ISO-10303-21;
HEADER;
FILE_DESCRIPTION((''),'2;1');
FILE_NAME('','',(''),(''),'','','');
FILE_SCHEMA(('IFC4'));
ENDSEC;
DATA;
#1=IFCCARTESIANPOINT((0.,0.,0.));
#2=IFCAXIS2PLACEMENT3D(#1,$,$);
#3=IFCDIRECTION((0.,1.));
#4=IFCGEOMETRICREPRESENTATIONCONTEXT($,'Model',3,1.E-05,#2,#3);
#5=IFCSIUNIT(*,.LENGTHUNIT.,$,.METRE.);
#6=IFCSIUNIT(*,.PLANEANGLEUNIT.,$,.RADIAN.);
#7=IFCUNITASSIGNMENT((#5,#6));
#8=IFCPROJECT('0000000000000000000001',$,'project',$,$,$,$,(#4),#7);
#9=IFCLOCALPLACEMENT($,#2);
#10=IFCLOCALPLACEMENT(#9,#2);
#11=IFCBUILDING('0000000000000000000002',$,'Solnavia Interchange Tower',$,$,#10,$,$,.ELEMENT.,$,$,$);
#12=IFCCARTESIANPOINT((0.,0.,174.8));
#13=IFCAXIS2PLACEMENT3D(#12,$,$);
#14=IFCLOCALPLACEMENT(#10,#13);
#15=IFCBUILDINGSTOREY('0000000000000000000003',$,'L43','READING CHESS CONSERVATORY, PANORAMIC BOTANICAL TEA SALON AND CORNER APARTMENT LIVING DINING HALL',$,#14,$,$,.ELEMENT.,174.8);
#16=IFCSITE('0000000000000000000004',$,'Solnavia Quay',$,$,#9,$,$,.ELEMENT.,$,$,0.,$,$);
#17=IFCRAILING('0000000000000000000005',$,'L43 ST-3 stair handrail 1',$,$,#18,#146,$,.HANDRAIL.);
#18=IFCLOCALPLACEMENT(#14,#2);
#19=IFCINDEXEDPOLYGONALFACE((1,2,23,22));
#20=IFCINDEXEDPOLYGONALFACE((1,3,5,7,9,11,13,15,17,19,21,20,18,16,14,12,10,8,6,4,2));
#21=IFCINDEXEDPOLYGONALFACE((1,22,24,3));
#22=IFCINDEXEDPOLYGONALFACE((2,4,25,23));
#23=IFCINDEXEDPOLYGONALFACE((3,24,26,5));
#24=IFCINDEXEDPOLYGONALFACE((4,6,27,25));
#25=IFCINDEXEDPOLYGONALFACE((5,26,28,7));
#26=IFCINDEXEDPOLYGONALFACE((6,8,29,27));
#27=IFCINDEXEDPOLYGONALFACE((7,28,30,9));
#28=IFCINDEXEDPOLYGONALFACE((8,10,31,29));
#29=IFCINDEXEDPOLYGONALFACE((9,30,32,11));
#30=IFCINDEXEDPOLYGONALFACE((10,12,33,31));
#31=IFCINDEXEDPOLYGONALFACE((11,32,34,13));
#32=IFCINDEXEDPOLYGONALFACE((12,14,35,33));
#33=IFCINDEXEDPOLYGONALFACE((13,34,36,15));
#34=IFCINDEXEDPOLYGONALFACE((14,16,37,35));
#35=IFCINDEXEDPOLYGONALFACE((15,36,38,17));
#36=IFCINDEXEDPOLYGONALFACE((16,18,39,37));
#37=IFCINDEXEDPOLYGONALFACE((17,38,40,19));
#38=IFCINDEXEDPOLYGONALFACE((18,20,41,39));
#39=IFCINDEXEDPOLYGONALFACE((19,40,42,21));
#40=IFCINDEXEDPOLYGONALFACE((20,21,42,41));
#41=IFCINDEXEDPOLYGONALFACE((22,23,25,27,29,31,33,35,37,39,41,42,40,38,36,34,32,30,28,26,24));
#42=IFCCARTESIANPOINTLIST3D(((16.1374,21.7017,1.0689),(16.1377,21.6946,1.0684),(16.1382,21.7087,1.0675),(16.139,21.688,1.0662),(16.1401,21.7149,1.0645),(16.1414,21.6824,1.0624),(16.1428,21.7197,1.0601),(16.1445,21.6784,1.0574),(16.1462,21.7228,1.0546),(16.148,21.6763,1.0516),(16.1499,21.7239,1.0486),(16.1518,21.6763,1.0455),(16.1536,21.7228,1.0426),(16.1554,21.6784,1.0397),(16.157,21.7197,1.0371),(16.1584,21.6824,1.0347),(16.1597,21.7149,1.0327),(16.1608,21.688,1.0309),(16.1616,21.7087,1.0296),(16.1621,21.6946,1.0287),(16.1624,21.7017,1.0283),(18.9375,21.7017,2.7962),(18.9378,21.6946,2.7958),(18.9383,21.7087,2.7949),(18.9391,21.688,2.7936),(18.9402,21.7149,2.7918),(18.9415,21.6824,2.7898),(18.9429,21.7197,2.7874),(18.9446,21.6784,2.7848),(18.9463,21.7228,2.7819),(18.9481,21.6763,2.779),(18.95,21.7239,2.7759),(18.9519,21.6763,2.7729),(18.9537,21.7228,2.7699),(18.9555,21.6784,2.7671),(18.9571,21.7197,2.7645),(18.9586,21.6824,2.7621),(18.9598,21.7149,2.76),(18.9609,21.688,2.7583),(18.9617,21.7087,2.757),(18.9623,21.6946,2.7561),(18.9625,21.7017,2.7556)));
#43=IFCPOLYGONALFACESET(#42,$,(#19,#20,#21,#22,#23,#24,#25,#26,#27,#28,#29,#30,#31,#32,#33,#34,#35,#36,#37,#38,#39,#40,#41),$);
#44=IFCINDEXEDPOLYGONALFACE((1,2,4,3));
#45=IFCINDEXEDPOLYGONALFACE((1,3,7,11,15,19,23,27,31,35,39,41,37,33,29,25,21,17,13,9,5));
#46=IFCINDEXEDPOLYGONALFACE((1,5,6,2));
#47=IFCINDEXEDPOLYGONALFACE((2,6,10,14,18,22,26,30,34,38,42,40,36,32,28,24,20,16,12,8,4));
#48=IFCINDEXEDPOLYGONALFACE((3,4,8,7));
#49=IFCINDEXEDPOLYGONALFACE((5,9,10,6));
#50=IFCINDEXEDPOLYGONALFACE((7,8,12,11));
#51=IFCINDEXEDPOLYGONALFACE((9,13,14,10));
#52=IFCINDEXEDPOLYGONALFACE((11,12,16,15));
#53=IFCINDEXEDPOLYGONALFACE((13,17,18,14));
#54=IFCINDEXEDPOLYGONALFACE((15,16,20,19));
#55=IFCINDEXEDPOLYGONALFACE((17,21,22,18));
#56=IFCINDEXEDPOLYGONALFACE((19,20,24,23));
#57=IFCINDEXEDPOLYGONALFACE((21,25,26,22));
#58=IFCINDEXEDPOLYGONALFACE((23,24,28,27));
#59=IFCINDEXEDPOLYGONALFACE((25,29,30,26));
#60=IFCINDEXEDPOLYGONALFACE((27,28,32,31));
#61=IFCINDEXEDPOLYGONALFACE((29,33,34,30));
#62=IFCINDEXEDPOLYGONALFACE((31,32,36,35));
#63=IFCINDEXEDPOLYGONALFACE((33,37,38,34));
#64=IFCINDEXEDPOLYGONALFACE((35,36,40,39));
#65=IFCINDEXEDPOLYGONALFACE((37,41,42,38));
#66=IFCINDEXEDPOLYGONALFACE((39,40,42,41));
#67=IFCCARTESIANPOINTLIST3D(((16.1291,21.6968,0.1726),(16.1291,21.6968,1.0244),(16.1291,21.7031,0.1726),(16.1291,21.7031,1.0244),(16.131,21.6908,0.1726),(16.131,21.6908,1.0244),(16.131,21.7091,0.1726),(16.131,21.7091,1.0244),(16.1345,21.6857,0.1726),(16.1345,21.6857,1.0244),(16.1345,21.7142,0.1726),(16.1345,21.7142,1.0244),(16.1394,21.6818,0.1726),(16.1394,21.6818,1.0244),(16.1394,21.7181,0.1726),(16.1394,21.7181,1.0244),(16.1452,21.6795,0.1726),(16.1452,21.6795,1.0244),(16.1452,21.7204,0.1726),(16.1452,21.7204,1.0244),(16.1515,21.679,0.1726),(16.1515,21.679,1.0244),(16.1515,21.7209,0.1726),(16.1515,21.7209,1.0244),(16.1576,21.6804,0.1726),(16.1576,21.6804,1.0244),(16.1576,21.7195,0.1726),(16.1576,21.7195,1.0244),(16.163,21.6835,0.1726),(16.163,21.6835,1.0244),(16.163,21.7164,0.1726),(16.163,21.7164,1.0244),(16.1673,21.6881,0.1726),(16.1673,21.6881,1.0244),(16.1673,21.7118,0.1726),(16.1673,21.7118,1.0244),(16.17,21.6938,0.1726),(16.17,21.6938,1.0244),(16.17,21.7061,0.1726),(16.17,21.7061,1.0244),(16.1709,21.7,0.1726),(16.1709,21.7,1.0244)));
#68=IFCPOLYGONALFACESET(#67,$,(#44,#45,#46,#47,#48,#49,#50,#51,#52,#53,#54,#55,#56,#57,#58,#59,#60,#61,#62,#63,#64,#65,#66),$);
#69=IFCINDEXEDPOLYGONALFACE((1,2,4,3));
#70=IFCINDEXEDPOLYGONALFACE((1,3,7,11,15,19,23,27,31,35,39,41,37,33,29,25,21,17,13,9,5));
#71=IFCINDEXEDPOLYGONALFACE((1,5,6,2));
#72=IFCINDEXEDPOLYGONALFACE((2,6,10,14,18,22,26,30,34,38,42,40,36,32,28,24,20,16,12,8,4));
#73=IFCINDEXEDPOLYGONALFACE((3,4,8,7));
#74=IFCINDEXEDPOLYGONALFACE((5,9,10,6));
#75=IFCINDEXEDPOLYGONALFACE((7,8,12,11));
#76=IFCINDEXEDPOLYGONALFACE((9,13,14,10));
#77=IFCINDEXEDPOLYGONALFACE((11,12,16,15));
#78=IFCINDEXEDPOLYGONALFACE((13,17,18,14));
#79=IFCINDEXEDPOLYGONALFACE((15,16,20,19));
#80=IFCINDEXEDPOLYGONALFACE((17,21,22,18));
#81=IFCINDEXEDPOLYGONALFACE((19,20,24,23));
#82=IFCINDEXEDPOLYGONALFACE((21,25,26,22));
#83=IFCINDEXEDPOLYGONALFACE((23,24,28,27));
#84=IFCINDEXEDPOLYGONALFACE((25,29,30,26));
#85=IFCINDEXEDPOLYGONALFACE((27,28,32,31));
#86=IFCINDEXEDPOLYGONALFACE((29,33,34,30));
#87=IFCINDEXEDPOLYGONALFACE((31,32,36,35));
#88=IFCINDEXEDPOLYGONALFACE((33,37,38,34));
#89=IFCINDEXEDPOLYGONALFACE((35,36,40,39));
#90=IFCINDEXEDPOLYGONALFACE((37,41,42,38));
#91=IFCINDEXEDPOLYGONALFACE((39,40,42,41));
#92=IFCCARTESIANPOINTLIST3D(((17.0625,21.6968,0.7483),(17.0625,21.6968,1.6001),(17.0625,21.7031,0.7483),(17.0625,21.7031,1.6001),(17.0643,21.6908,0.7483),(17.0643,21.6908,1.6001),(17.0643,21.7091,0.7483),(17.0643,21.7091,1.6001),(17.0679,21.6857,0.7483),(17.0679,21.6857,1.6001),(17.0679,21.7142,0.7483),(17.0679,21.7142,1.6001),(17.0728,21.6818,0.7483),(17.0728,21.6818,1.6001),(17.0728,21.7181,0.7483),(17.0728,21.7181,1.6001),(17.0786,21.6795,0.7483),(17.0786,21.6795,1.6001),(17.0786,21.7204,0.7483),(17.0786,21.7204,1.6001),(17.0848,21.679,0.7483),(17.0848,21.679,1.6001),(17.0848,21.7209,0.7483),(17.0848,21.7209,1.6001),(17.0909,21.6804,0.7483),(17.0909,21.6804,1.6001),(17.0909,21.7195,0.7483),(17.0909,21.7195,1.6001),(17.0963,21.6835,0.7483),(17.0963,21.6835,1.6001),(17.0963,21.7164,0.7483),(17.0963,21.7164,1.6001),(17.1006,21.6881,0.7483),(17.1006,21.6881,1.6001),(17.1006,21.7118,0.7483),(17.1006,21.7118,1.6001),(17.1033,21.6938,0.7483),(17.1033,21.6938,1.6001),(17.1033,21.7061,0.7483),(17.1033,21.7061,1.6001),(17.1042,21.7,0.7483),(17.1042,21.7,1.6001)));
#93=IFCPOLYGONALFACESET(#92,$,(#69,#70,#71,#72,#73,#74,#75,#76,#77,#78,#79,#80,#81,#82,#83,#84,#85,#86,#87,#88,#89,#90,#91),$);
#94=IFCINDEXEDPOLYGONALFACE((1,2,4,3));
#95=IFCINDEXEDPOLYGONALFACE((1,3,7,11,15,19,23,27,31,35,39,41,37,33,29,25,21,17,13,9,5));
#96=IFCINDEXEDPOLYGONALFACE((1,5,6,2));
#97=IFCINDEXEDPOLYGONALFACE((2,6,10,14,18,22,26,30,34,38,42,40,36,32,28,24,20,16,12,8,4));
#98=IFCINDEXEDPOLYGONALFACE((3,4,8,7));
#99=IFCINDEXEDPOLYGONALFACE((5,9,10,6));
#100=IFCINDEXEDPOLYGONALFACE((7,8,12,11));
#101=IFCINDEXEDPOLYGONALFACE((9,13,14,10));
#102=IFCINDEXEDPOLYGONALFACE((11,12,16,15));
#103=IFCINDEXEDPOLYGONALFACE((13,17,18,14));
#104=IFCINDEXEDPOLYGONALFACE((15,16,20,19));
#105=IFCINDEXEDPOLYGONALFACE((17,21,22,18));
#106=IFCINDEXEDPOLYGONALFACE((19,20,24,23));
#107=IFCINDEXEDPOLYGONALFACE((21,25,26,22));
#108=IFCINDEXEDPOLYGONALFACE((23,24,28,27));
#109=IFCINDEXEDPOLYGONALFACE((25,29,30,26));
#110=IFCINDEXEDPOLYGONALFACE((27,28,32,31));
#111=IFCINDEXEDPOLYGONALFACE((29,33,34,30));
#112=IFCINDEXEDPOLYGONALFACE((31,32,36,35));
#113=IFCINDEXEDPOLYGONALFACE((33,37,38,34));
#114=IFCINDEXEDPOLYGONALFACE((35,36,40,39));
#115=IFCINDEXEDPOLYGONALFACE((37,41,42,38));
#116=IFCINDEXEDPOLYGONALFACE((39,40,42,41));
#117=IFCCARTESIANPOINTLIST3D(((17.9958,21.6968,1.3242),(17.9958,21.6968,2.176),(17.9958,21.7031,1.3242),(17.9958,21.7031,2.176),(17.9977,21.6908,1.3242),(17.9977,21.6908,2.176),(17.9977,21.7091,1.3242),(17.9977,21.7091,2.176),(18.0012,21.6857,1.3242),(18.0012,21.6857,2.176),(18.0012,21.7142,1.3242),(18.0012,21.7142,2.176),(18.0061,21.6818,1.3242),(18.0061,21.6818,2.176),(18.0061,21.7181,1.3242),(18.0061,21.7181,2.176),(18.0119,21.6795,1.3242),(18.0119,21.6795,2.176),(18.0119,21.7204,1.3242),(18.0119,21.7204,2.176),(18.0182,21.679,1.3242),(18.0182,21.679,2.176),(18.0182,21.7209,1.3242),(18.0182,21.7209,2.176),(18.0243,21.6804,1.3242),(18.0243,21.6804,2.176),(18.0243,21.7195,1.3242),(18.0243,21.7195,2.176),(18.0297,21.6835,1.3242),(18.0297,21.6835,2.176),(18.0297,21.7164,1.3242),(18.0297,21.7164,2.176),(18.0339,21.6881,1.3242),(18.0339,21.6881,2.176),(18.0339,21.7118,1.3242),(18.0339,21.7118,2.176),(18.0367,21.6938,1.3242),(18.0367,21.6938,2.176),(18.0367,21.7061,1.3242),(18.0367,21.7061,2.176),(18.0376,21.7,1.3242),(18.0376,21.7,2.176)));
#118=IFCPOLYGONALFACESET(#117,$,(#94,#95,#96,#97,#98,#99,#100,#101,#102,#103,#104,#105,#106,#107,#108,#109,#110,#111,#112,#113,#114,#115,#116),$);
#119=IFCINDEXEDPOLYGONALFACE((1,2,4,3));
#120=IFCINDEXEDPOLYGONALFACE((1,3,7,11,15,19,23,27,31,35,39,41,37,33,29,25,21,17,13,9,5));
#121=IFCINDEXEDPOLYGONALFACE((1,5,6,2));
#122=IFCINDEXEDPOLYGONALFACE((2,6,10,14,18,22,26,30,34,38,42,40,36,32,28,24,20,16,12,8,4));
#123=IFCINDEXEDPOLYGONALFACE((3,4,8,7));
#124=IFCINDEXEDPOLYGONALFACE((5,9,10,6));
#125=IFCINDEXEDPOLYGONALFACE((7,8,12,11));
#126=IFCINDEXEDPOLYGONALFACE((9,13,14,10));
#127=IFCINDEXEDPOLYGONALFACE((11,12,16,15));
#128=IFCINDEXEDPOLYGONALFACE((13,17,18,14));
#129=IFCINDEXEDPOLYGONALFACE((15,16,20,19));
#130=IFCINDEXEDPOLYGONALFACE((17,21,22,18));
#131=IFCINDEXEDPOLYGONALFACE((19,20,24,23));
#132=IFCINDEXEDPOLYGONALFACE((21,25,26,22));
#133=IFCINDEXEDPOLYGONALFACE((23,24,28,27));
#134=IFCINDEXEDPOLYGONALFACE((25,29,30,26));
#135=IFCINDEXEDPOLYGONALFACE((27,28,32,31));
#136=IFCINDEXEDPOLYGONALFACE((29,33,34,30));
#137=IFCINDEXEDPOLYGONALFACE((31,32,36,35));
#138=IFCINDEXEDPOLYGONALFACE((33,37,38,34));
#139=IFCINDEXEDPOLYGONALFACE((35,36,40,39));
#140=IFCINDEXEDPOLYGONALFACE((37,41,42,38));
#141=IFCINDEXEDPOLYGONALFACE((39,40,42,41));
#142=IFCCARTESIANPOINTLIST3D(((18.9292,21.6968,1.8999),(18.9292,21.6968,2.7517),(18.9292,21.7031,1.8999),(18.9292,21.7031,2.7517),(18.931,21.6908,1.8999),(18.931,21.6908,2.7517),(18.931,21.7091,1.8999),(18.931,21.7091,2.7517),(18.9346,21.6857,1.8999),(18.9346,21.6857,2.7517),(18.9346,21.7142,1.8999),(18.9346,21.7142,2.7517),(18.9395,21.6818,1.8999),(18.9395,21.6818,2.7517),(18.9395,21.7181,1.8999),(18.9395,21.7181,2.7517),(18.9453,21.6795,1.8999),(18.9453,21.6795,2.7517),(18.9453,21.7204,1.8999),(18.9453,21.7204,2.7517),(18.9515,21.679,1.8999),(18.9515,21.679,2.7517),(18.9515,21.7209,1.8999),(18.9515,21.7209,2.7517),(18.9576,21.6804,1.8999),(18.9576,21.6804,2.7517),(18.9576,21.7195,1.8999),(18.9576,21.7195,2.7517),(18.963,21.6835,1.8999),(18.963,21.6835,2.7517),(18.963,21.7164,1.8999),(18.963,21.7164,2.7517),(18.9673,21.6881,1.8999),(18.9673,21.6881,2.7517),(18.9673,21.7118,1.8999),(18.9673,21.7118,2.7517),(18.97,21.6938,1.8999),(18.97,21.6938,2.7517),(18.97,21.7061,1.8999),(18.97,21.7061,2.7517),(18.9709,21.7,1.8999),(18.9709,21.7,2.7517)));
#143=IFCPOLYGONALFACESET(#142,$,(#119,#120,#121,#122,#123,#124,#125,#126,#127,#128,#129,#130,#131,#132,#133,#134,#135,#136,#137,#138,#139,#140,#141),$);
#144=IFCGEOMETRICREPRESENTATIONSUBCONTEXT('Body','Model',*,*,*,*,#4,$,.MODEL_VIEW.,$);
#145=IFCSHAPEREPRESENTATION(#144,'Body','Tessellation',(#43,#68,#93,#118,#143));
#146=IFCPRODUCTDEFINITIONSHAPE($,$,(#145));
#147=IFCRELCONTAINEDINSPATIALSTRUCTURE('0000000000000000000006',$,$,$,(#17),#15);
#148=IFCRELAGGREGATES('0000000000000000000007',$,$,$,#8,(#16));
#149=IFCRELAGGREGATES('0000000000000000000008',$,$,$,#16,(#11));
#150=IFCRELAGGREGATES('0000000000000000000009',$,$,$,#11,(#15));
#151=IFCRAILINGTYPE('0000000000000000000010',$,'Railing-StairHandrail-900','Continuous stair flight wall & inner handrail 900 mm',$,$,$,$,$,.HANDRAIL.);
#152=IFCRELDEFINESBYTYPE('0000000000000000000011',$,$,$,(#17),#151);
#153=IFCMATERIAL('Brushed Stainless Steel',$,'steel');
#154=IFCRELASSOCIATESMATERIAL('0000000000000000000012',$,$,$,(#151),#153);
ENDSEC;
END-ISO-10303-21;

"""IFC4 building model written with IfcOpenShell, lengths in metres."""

from ifc_helpers import new_model, si_unit, direction, frame, origin, origin_2d, place, context, subcontext, project, spatial, circle, extrude, material, type_object, element, save


model = new_model("IFC4")

# Units and contexts
model_context = context("Model", 3, precision=1e-05, world=origin(), true_north=direction((0.0, 1.0)))
body_context = subcontext(model_context, "Body", "Model", "MODEL_VIEW")
ifc_project = project(units=[si_unit("LENGTHUNIT", "METRE"), si_unit("PLANEANGLEUNIT", "RADIAN")], contexts=[model_context])

# Site, building, storey
site_placement = place(None, origin())
site = spatial("IfcSite", under=ifc_project, at=site_placement, Name="Solnavia Quay", CompositionType="ELEMENT", RefElevation=0.0)
building_placement = place(site_placement, origin())
building = spatial("IfcBuilding", under=site, at=building_placement, Name="Solnavia Interchange Tower", CompositionType="ELEMENT")
storey_placement = place(building_placement, frame((0.0, 0.0, 174.8)))
storey = spatial("IfcBuildingStorey", under=building, at=storey_placement, Name="L43", Description="READING CHESS CONSERVATORY, PANORAMIC BOTANICAL TEA SALON AND CORNER APARTMENT LIVING DINING HALL", CompositionType="ELEMENT", Elevation=174.8)

# Railing
ifc_material_1 = material(Name="Brushed Stainless Steel", Category="steel")
railing_type_1 = type_object("IfcRailingType", Name="Railing-StairHandrail-900", Description="Continuous stair flight wall & inner handrail 900 mm", PredefinedType="HANDRAIL", material=ifc_material_1)
railing_1_placement = place(storey_placement, frame((16.1499, 21.7, 0.1726)))
element("IfcRailing", 1, at=railing_1_placement, inside=storey, type_object=railing_type_1, Name="L43 ST-3 stair handrail 1", PredefinedType="HANDRAIL", context=body_context, shape_type="SweptSolid", body=[
    extrude(circle(Radius=0.0239, at=origin_2d()), frame((0.0, 0.0, 0.876), z_axis=(0.85109, 0.0, 0.52502), x_axis=(0.0, 1.0, 0.0)), (0.0, 0.0, 1.0), 3.29),
    extrude(circle(Radius=0.021, at=origin_2d()), origin(), (0.0, 0.0, 1.0), 0.8518),
    extrude(circle(Radius=0.021, at=origin_2d()), frame((0.9333, 0.0, 0.5757)), (0.0, 0.0, 1.0), 0.8518),
    extrude(circle(Radius=0.021, at=origin_2d()), frame((1.8667, 0.0, 1.1516)), (0.0, 0.0, 1.0), 0.8518),
    extrude(circle(Radius=0.021, at=origin_2d()), frame((2.8, 0.0, 1.7273)), (0.0, 0.0, 1.0), 0.8518),
])

save(model, "model.ifc")
